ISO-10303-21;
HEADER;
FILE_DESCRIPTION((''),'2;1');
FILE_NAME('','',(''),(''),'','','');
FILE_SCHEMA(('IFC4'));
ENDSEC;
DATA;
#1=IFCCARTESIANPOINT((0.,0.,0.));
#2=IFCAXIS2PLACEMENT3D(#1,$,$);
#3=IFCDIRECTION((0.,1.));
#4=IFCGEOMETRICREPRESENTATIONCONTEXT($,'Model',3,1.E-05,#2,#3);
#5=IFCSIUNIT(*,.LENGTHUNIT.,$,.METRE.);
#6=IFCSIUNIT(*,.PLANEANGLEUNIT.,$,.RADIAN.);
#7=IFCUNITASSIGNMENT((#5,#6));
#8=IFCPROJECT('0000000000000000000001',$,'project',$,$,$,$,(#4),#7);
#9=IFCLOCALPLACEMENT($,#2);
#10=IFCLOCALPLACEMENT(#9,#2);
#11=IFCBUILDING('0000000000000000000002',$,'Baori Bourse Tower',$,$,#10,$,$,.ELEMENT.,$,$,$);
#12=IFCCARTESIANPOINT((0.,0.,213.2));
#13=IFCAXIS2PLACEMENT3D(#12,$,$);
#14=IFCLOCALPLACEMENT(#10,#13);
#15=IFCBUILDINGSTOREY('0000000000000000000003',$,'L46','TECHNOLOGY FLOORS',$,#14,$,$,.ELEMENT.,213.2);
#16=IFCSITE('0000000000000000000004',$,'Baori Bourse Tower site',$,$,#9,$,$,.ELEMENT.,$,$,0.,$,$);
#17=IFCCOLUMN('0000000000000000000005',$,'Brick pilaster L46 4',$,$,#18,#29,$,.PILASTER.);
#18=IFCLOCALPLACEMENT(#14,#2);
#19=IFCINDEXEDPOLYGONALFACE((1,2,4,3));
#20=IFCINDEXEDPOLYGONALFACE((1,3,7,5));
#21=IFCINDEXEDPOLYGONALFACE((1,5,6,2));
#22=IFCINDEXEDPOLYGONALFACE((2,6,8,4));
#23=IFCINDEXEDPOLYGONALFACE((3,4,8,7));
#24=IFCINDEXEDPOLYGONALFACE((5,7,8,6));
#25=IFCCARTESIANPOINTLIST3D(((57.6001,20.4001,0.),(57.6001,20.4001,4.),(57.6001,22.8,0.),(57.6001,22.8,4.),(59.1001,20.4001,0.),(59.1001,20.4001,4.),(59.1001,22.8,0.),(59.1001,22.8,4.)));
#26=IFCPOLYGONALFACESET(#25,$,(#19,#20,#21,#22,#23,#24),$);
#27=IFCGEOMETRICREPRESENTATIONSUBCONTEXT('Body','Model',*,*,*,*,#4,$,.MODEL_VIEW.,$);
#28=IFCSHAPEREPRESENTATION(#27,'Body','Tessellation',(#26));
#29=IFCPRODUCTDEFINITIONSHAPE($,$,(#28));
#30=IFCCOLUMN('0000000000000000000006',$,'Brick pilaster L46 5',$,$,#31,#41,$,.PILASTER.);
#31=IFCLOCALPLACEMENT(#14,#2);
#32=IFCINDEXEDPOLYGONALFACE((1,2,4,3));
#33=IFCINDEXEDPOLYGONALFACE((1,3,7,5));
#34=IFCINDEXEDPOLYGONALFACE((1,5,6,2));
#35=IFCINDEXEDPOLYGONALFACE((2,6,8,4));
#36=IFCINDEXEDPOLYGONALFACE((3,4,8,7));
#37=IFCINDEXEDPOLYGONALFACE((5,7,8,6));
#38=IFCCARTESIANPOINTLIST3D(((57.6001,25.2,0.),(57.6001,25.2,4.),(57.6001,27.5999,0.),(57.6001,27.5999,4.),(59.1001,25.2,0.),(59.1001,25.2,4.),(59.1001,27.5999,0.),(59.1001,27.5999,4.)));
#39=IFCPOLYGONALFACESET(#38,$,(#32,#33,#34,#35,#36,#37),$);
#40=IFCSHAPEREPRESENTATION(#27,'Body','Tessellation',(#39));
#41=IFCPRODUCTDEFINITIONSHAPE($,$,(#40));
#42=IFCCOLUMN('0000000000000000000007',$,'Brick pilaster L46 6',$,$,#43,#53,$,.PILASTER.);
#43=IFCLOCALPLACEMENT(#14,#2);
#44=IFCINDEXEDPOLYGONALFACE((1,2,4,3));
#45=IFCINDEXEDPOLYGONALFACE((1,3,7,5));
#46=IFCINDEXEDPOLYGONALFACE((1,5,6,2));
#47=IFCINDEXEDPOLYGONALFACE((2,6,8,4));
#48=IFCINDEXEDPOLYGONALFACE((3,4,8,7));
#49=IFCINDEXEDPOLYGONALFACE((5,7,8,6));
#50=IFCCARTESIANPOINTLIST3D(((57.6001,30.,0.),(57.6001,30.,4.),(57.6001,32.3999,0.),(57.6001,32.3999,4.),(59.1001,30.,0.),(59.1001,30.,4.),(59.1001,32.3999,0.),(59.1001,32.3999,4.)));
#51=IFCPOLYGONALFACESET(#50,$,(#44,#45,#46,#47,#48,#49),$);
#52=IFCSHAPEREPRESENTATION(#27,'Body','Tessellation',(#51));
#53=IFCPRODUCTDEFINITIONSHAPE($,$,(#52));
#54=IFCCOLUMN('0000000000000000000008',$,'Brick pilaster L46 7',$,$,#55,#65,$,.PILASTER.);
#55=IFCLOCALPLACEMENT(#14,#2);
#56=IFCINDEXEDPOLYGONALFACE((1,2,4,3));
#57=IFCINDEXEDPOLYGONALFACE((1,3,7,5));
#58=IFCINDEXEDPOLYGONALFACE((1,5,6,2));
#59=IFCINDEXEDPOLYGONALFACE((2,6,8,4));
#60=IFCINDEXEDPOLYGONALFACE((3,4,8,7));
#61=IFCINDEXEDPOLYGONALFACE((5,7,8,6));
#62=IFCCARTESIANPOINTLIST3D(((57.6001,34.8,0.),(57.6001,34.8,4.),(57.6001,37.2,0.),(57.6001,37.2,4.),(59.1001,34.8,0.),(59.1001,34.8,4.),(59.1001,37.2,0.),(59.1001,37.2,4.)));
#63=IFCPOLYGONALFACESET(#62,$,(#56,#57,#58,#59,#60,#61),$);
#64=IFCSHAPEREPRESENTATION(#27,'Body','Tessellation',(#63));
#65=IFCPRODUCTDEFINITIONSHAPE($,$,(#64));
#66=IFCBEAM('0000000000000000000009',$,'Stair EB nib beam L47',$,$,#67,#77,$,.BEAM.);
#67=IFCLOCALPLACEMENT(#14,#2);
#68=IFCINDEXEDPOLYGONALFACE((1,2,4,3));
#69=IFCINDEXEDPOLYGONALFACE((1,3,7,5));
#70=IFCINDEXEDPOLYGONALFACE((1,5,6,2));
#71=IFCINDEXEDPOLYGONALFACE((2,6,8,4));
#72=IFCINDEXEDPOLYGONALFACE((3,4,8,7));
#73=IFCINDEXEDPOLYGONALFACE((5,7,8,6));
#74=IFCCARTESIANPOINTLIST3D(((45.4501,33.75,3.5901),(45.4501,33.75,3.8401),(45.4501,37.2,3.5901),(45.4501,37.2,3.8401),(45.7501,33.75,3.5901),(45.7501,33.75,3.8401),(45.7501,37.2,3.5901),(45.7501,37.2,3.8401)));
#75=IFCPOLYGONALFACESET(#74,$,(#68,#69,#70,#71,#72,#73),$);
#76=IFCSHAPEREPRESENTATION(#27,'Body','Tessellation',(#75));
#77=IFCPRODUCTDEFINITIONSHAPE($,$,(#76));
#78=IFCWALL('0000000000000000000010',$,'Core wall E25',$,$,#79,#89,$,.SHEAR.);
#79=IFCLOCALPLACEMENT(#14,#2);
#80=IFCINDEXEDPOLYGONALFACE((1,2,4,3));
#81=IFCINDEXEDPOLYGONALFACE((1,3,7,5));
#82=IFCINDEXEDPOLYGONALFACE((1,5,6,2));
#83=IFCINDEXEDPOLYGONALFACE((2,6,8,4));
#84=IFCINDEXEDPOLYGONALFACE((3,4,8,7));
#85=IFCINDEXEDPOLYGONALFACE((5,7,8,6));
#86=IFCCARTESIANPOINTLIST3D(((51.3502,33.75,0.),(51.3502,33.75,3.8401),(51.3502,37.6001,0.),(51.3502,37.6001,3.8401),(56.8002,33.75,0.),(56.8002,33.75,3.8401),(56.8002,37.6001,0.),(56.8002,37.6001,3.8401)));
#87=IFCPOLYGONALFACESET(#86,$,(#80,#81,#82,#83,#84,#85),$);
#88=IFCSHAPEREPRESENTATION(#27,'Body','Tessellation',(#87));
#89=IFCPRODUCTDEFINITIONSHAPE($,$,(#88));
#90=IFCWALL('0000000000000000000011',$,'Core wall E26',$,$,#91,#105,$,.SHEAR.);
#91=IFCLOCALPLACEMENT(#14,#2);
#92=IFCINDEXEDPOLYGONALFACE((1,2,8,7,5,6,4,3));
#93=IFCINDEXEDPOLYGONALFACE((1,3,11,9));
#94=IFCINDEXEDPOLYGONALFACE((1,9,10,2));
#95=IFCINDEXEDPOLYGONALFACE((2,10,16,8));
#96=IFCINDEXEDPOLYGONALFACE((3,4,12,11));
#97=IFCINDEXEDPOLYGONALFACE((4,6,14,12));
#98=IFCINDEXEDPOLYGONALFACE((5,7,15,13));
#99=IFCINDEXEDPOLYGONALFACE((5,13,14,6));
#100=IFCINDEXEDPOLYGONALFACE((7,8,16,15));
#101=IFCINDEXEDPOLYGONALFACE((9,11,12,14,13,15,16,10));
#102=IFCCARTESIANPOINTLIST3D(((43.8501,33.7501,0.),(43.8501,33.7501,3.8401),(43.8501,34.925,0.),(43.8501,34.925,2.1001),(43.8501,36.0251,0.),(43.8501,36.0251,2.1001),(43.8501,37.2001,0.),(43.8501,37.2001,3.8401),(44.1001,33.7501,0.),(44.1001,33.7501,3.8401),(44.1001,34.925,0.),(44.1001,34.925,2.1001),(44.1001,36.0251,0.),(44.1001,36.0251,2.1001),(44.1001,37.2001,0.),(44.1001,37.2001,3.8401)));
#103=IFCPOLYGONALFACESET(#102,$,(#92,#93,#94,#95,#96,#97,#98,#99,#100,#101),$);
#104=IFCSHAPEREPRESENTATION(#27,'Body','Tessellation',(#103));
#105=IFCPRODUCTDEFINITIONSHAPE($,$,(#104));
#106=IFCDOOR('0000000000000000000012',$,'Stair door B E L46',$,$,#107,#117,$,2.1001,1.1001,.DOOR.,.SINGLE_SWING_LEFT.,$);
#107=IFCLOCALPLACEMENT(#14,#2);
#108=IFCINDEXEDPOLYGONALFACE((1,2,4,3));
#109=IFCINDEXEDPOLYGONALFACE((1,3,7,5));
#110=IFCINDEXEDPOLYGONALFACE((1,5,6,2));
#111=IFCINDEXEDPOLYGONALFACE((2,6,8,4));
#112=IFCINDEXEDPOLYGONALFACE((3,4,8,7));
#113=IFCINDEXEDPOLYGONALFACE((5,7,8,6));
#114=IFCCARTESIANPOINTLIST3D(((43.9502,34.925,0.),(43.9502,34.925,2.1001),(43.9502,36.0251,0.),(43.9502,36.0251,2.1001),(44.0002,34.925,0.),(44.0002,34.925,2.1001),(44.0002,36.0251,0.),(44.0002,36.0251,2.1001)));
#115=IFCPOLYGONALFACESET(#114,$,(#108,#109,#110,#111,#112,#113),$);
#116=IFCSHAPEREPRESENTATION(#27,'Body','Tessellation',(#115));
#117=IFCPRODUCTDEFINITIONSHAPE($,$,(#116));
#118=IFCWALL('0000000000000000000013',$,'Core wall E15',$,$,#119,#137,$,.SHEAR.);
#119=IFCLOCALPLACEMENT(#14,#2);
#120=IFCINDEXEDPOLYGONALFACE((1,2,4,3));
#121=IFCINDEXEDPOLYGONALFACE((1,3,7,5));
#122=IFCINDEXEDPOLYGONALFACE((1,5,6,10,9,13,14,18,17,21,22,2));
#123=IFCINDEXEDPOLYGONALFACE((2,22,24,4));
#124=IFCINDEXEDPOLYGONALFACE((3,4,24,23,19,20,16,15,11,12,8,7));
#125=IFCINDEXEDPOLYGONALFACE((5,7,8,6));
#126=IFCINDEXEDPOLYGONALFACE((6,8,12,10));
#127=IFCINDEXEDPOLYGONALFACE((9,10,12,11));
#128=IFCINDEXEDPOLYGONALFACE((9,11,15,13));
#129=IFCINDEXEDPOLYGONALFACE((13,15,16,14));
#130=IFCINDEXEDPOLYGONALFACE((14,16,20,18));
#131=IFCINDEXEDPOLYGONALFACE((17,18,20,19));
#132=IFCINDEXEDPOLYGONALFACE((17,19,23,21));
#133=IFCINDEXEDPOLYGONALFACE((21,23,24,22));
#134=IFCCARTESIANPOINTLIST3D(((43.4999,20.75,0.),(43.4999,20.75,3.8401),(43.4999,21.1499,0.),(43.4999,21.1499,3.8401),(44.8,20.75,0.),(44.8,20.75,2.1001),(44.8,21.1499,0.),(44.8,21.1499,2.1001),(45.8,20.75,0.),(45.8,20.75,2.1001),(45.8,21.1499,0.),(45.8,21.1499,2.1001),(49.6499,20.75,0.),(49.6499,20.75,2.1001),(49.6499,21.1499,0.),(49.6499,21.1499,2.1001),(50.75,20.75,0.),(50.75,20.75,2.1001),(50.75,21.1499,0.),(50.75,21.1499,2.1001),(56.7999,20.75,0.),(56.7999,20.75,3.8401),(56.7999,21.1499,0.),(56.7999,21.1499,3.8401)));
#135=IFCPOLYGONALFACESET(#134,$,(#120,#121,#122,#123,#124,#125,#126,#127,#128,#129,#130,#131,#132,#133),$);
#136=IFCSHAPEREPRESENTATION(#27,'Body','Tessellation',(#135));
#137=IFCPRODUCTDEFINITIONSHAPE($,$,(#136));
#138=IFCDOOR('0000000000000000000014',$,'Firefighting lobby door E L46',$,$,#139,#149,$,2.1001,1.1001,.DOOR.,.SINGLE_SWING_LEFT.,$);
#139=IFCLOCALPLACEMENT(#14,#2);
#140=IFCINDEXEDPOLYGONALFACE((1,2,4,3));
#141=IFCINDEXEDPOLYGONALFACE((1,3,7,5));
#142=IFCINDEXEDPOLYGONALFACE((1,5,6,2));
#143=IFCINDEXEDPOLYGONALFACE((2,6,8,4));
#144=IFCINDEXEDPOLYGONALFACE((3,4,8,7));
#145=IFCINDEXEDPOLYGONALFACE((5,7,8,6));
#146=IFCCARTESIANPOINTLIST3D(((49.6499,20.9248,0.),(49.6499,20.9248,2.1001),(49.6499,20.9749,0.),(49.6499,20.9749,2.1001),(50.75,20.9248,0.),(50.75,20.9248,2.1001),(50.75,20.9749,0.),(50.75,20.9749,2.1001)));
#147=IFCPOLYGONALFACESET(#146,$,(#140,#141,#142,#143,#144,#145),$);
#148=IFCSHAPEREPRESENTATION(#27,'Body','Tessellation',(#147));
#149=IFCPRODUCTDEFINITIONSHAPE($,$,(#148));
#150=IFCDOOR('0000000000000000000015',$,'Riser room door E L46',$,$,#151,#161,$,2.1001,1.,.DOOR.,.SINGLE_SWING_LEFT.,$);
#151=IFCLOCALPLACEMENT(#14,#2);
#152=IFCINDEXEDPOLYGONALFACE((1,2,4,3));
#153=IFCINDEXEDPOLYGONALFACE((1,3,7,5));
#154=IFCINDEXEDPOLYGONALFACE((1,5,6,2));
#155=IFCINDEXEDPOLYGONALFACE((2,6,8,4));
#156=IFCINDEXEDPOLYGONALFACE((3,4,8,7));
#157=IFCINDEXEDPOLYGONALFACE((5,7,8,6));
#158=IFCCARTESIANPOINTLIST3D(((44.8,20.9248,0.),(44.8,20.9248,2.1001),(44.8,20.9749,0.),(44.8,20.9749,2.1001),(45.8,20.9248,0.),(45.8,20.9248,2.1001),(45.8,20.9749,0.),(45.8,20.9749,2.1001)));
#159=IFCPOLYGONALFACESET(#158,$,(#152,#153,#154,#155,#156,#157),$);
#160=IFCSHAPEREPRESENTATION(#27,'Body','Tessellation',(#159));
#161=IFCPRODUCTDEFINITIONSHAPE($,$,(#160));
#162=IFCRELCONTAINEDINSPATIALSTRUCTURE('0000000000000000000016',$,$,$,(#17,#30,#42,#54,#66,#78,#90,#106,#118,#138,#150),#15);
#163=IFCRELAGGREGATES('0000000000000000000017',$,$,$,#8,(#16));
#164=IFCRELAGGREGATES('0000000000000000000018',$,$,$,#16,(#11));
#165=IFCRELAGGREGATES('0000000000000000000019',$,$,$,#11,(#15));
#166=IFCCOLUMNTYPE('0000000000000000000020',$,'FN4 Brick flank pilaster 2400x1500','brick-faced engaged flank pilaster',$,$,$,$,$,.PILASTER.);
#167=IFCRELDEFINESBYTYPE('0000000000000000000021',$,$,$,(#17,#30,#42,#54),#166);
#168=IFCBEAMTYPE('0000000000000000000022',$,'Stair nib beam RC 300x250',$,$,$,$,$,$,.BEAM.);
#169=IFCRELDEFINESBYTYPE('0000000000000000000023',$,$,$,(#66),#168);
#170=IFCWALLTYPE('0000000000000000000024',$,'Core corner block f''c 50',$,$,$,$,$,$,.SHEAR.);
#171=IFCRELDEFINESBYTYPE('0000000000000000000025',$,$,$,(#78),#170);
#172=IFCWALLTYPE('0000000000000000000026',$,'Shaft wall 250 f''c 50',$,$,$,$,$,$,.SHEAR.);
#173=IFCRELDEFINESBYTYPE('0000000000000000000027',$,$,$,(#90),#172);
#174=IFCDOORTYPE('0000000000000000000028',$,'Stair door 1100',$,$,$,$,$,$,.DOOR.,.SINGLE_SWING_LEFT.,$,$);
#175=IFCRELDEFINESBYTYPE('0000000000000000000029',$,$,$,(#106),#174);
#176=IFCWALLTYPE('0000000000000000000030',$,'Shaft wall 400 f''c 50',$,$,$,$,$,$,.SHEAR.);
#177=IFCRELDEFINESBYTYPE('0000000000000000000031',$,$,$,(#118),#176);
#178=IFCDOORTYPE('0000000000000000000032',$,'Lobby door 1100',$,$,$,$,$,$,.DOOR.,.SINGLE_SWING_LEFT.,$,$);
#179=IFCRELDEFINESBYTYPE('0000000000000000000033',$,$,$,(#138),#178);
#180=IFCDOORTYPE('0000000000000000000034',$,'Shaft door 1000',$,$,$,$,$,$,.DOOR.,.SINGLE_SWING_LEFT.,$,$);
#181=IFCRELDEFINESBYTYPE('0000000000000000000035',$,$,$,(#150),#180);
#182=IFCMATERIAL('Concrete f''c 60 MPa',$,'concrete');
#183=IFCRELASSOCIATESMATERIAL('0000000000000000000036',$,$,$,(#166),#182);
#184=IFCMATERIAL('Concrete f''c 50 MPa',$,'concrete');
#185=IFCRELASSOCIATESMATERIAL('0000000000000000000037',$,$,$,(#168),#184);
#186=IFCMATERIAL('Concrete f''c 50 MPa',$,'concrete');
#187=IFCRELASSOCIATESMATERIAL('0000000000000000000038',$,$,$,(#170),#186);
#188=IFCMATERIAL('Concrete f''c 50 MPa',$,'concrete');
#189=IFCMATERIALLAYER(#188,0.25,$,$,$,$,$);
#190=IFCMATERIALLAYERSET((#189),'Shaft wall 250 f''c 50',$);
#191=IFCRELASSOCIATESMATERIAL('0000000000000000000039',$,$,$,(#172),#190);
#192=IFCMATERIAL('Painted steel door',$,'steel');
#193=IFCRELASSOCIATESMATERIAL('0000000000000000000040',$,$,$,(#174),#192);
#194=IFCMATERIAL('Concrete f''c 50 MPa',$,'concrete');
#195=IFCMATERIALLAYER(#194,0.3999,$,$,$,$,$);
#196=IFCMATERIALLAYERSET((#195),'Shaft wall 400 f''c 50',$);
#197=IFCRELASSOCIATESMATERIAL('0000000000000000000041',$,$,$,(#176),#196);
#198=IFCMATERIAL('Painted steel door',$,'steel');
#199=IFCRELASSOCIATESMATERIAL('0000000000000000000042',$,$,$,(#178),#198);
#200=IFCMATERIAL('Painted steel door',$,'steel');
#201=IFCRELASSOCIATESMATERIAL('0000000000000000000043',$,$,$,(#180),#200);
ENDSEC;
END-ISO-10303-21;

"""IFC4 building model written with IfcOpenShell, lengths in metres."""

from ifc_helpers import new_model, si_unit, direction, frame, frame_2d, origin, origin_2d, place, context, subcontext, project, spatial, rectangle, extrude, material, layer, layer_set, material_profile, profile_set, type_object, element, fill, save


model = new_model("IFC4")

# Units and contexts
model_context = context("Model", 3, precision=1e-05, world=origin(), true_north=direction((0.0, 1.0)))
body_context = subcontext(model_context, "Body", "Model", "MODEL_VIEW")
ifc_project = project(units=[si_unit("LENGTHUNIT", "METRE"), si_unit("PLANEANGLEUNIT", "RADIAN")], contexts=[model_context])

# Site, building, storey
site_placement = place(None, origin())
site = spatial("IfcSite", under=ifc_project, at=site_placement, Name="Baori Bourse Tower site", CompositionType="ELEMENT", RefElevation=0.0)
building_placement = place(site_placement, origin())
building = spatial("IfcBuilding", under=site, at=building_placement, Name="Baori Bourse Tower", CompositionType="ELEMENT")
storey_placement = place(building_placement, frame((0.0, 0.0, 213.2)))
storey = spatial("IfcBuildingStorey", under=building, at=storey_placement, Name="L46", Description="TECHNOLOGY FLOORS", CompositionType="ELEMENT", Elevation=213.2)

# Columns
ifc_material_1 = material(Name="Concrete f'c 60 MPa", Category="concrete")
ifc_material_profile_1 = material_profile(ifc_material_1, rectangle(XDim=2.3999, YDim=1.5, at=origin_2d()), Name="RC 2400x1500")
ifc_profile_set_1 = profile_set([ifc_material_profile_1], Name="Concrete f'c 60 MPa")
column_type = type_object("IfcColumnType", Name="FN4 Brick flank pilaster 2400x1500", Description="brick-faced engaged flank pilaster", PredefinedType="PILASTER", material=ifc_profile_set_1)
for number, where, z_axis, x_axis, name in (
    (1, (58.3501, 21.6001, 0.0), (0.0, 0.0, 1.0), (0.0, 1.0, 0.0), "Brick pilaster L46 4"),
    (2, (58.3501, 26.3999, 0.0), (0.0, 0.0, 1.0), (0.0, 1.0, 0.0), "Brick pilaster L46 5"),
    (3, (58.3501, 31.2, 0.0), (0.0, 0.0, 1.0), (0.0, 1.0, 0.0), "Brick pilaster L46 6"),
    (4, (58.3501, 36.0, 0.0), (0.0, 0.0, 1.0), (0.0, 1.0, 0.0), "Brick pilaster L46 7"),
):
    element("IfcColumn", number, at=place(storey_placement, frame(where, z_axis=z_axis, x_axis=x_axis)), inside=storey, type_object=column_type, Name=name, PredefinedType="PILASTER", context=body_context, shape_type="SweptSolid", body=[
        extrude(rectangle(XDim=2.3999, YDim=1.5, at=origin_2d()), origin(), (0.0, 0.0, 1.0), 4.0),
    ])

# Beam
ifc_material_2 = material(Name="Concrete f'c 50 MPa", Category="concrete")
ifc_material_profile_2 = material_profile(ifc_material_2, rectangle(XDim=0.3, YDim=0.25, at=origin_2d()), Name="RC 300x250")
ifc_profile_set_2 = profile_set([ifc_material_profile_2], Name="Concrete f'c 50 MPa")
beam_type = type_object("IfcBeamType", Name="Stair nib beam RC 300x250", PredefinedType="BEAM", material=ifc_profile_set_2)
beam_placement = place(storey_placement, frame((45.6001, 33.75, 3.7151), z_axis=(0.0, 1.0, 0.0), x_axis=(-1.0, 0.0, 0.0)))
element("IfcBeam", 5, at=beam_placement, inside=storey, type_object=beam_type, Name="Stair EB nib beam L47", PredefinedType="BEAM", context=body_context, shape_type="SweptSolid", body=[
    extrude(rectangle(XDim=0.3, YDim=0.25, at=origin_2d()), origin(), (0.0, 0.0, 1.0), 3.45),
])

# Wall
ifc_material_3 = material(Name="Concrete f'c 50 MPa", Category="concrete")
wall_type_1 = type_object("IfcWallType", Name="Core corner block f'c 50", PredefinedType="SHEAR", material=ifc_material_3)
wall_1_placement = place(storey_placement, frame((51.3501, 35.675, 0.0), z_axis=(0.0, 0.0, 1.0), x_axis=(1.0, 0.0, 0.0)))
element("IfcWall", 6, at=wall_1_placement, inside=storey, type_object=wall_type_1, Name="Core wall E25", PredefinedType="SHEAR", context=body_context, shape_type="SweptSolid", body=[
    extrude(rectangle(XDim=5.45, YDim=3.8501, at=frame_2d((2.7251, 0.0))), origin(), (0.0, 0.0, 1.0), 3.8401),
])

# Wall, opening, door
ifc_material_4 = material(Name="Concrete f'c 50 MPa", Category="concrete")
ifc_layer_1 = layer(ifc_material_4, 0.25)
ifc_layer_set_1 = layer_set([ifc_layer_1], Name="Shaft wall 250 f'c 50")
wall_type_2 = type_object("IfcWallType", Name="Shaft wall 250 f'c 50", PredefinedType="SHEAR", material=ifc_layer_set_1)
wall_2_placement = place(storey_placement, frame((43.9751, 33.75, 0.0), z_axis=(0.0, 0.0, 1.0), x_axis=(0.0, 1.0, 0.0)))
wall_2 = element("IfcWall", 7, at=wall_2_placement, inside=storey, type_object=wall_type_2, Name="Core wall E26", PredefinedType="SHEAR", context=body_context, shape_type="SweptSolid", body=[
    extrude(rectangle(XDim=3.45, YDim=0.25, at=frame_2d((1.7251, 0.0))), origin(), (0.0, 0.0, 1.0), 3.8401),
])
opening_1_placement = place(wall_2_placement, frame((1.175, 0.0, 0.0)))
opening_1 = element("IfcOpeningElement", 8, at=opening_1_placement, cuts=wall_2, PredefinedType="OPENING", context=body_context, shape_type="SweptSolid", body=[
    extrude(rectangle(XDim=1.1001, YDim=2.1001, at=frame_2d((0.55, 1.05))), frame((0.0, 0.135, 0.0), z_axis=(0.0, -1.0, 0.0), x_axis=(1.0, 0.0, 0.0)), (0.0, 0.0, 1.0), 0.27),
])
ifc_material_5 = material(Name="Painted steel door", Category="steel")
door_type_1 = type_object("IfcDoorType", Name="Stair door 1100", OperationType="SINGLE_SWING_LEFT", PredefinedType="DOOR", material=ifc_material_5)
door_1_placement = place(opening_1_placement, origin())
door_1 = element("IfcDoor", 9, at=door_1_placement, inside=storey, type_object=door_type_1, Name="Stair door B E L46", OperationType="SINGLE_SWING_LEFT", OverallHeight=2.1001, OverallWidth=1.1001, PredefinedType="DOOR", context=body_context, shape_type="SweptSolid", body=[
    extrude(rectangle(XDim=1.1001, YDim=2.1001, at=frame_2d((0.55, 1.05))), frame((0.0, 0.0249, 0.0), z_axis=(0.0, -1.0, 0.0), x_axis=(1.0, 0.0, 0.0)), (0.0, 0.0, 1.0), 0.05),
])
fill(opening_1, door_1)

# Wall, openings, doors
ifc_material_6 = material(Name="Concrete f'c 50 MPa", Category="concrete")
ifc_layer_2 = layer(ifc_material_6, 0.3999)
ifc_layer_set_2 = layer_set([ifc_layer_2], Name="Shaft wall 400 f'c 50")
wall_type_3 = type_object("IfcWallType", Name="Shaft wall 400 f'c 50", PredefinedType="SHEAR", material=ifc_layer_set_2)
wall_3_placement = place(storey_placement, frame((43.5, 20.95, 0.0), z_axis=(0.0, 0.0, 1.0), x_axis=(1.0, 0.0, 0.0)))
wall_3 = element("IfcWall", 10, at=wall_3_placement, inside=storey, type_object=wall_type_3, Name="Core wall E15", PredefinedType="SHEAR", context=body_context, shape_type="SweptSolid", body=[
    extrude(rectangle(XDim=13.3, YDim=0.3999, at=frame_2d((6.6499, 0.0))), origin(), (0.0, 0.0, 1.0), 3.8401),
])
opening_2_placement = place(wall_3_placement, frame((6.1499, 0.0, 0.0)))
opening_2 = element("IfcOpeningElement", 11, at=opening_2_placement, cuts=wall_3, PredefinedType="OPENING", context=body_context, shape_type="SweptSolid", body=[
    extrude(rectangle(XDim=1.1001, YDim=2.1001, at=frame_2d((0.55, 1.05))), frame((0.0, 0.21, 0.0), z_axis=(0.0, -1.0, 0.0), x_axis=(1.0, 0.0, 0.0)), (0.0, 0.0, 1.0), 0.4199),
])
opening_3_placement = place(wall_3_placement, frame((1.3, 0.0, 0.0)))
opening_3 = element("IfcOpeningElement", 12, at=opening_3_placement, cuts=wall_3, PredefinedType="OPENING", context=body_context, shape_type="SweptSolid", body=[
    extrude(rectangle(XDim=1.0, YDim=2.1001, at=frame_2d((0.5, 1.05))), frame((0.0, 0.21, 0.0), z_axis=(0.0, -1.0, 0.0), x_axis=(1.0, 0.0, 0.0)), (0.0, 0.0, 1.0), 0.4199),
])
ifc_material_7 = material(Name="Painted steel door", Category="steel")
door_type_2 = type_object("IfcDoorType", Name="Lobby door 1100", OperationType="SINGLE_SWING_LEFT", PredefinedType="DOOR", material=ifc_material_7)
door_2_placement = place(opening_2_placement, origin())
door_2 = element("IfcDoor", 13, at=door_2_placement, inside=storey, type_object=door_type_2, Name="Firefighting lobby door E L46", OperationType="SINGLE_SWING_LEFT", OverallHeight=2.1001, OverallWidth=1.1001, PredefinedType="DOOR", context=body_context, shape_type="SweptSolid", body=[
    extrude(rectangle(XDim=1.1001, YDim=2.1001, at=frame_2d((0.55, 1.05))), frame((0.0, 0.0249, 0.0), z_axis=(0.0, -1.0, 0.0), x_axis=(1.0, 0.0, 0.0)), (0.0, 0.0, 1.0), 0.05),
])
fill(opening_2, door_2)
ifc_material_8 = material(Name="Painted steel door", Category="steel")
door_type_3 = type_object("IfcDoorType", Name="Shaft door 1000", OperationType="SINGLE_SWING_LEFT", PredefinedType="DOOR", material=ifc_material_8)
door_3_placement = place(opening_3_placement, origin())
door_3 = element("IfcDoor", 14, at=door_3_placement, inside=storey, type_object=door_type_3, Name="Riser room door E L46", OperationType="SINGLE_SWING_LEFT", OverallHeight=2.1001, OverallWidth=1.0, PredefinedType="DOOR", context=body_context, shape_type="SweptSolid", body=[
    extrude(rectangle(XDim=1.0, YDim=2.1001, at=frame_2d((0.5, 1.05))), frame((0.0, 0.0249, 0.0), z_axis=(0.0, -1.0, 0.0), x_axis=(1.0, 0.0, 0.0)), (0.0, 0.0, 1.0), 0.05),
])
fill(opening_3, door_3)

save(model, "model.ifc")
